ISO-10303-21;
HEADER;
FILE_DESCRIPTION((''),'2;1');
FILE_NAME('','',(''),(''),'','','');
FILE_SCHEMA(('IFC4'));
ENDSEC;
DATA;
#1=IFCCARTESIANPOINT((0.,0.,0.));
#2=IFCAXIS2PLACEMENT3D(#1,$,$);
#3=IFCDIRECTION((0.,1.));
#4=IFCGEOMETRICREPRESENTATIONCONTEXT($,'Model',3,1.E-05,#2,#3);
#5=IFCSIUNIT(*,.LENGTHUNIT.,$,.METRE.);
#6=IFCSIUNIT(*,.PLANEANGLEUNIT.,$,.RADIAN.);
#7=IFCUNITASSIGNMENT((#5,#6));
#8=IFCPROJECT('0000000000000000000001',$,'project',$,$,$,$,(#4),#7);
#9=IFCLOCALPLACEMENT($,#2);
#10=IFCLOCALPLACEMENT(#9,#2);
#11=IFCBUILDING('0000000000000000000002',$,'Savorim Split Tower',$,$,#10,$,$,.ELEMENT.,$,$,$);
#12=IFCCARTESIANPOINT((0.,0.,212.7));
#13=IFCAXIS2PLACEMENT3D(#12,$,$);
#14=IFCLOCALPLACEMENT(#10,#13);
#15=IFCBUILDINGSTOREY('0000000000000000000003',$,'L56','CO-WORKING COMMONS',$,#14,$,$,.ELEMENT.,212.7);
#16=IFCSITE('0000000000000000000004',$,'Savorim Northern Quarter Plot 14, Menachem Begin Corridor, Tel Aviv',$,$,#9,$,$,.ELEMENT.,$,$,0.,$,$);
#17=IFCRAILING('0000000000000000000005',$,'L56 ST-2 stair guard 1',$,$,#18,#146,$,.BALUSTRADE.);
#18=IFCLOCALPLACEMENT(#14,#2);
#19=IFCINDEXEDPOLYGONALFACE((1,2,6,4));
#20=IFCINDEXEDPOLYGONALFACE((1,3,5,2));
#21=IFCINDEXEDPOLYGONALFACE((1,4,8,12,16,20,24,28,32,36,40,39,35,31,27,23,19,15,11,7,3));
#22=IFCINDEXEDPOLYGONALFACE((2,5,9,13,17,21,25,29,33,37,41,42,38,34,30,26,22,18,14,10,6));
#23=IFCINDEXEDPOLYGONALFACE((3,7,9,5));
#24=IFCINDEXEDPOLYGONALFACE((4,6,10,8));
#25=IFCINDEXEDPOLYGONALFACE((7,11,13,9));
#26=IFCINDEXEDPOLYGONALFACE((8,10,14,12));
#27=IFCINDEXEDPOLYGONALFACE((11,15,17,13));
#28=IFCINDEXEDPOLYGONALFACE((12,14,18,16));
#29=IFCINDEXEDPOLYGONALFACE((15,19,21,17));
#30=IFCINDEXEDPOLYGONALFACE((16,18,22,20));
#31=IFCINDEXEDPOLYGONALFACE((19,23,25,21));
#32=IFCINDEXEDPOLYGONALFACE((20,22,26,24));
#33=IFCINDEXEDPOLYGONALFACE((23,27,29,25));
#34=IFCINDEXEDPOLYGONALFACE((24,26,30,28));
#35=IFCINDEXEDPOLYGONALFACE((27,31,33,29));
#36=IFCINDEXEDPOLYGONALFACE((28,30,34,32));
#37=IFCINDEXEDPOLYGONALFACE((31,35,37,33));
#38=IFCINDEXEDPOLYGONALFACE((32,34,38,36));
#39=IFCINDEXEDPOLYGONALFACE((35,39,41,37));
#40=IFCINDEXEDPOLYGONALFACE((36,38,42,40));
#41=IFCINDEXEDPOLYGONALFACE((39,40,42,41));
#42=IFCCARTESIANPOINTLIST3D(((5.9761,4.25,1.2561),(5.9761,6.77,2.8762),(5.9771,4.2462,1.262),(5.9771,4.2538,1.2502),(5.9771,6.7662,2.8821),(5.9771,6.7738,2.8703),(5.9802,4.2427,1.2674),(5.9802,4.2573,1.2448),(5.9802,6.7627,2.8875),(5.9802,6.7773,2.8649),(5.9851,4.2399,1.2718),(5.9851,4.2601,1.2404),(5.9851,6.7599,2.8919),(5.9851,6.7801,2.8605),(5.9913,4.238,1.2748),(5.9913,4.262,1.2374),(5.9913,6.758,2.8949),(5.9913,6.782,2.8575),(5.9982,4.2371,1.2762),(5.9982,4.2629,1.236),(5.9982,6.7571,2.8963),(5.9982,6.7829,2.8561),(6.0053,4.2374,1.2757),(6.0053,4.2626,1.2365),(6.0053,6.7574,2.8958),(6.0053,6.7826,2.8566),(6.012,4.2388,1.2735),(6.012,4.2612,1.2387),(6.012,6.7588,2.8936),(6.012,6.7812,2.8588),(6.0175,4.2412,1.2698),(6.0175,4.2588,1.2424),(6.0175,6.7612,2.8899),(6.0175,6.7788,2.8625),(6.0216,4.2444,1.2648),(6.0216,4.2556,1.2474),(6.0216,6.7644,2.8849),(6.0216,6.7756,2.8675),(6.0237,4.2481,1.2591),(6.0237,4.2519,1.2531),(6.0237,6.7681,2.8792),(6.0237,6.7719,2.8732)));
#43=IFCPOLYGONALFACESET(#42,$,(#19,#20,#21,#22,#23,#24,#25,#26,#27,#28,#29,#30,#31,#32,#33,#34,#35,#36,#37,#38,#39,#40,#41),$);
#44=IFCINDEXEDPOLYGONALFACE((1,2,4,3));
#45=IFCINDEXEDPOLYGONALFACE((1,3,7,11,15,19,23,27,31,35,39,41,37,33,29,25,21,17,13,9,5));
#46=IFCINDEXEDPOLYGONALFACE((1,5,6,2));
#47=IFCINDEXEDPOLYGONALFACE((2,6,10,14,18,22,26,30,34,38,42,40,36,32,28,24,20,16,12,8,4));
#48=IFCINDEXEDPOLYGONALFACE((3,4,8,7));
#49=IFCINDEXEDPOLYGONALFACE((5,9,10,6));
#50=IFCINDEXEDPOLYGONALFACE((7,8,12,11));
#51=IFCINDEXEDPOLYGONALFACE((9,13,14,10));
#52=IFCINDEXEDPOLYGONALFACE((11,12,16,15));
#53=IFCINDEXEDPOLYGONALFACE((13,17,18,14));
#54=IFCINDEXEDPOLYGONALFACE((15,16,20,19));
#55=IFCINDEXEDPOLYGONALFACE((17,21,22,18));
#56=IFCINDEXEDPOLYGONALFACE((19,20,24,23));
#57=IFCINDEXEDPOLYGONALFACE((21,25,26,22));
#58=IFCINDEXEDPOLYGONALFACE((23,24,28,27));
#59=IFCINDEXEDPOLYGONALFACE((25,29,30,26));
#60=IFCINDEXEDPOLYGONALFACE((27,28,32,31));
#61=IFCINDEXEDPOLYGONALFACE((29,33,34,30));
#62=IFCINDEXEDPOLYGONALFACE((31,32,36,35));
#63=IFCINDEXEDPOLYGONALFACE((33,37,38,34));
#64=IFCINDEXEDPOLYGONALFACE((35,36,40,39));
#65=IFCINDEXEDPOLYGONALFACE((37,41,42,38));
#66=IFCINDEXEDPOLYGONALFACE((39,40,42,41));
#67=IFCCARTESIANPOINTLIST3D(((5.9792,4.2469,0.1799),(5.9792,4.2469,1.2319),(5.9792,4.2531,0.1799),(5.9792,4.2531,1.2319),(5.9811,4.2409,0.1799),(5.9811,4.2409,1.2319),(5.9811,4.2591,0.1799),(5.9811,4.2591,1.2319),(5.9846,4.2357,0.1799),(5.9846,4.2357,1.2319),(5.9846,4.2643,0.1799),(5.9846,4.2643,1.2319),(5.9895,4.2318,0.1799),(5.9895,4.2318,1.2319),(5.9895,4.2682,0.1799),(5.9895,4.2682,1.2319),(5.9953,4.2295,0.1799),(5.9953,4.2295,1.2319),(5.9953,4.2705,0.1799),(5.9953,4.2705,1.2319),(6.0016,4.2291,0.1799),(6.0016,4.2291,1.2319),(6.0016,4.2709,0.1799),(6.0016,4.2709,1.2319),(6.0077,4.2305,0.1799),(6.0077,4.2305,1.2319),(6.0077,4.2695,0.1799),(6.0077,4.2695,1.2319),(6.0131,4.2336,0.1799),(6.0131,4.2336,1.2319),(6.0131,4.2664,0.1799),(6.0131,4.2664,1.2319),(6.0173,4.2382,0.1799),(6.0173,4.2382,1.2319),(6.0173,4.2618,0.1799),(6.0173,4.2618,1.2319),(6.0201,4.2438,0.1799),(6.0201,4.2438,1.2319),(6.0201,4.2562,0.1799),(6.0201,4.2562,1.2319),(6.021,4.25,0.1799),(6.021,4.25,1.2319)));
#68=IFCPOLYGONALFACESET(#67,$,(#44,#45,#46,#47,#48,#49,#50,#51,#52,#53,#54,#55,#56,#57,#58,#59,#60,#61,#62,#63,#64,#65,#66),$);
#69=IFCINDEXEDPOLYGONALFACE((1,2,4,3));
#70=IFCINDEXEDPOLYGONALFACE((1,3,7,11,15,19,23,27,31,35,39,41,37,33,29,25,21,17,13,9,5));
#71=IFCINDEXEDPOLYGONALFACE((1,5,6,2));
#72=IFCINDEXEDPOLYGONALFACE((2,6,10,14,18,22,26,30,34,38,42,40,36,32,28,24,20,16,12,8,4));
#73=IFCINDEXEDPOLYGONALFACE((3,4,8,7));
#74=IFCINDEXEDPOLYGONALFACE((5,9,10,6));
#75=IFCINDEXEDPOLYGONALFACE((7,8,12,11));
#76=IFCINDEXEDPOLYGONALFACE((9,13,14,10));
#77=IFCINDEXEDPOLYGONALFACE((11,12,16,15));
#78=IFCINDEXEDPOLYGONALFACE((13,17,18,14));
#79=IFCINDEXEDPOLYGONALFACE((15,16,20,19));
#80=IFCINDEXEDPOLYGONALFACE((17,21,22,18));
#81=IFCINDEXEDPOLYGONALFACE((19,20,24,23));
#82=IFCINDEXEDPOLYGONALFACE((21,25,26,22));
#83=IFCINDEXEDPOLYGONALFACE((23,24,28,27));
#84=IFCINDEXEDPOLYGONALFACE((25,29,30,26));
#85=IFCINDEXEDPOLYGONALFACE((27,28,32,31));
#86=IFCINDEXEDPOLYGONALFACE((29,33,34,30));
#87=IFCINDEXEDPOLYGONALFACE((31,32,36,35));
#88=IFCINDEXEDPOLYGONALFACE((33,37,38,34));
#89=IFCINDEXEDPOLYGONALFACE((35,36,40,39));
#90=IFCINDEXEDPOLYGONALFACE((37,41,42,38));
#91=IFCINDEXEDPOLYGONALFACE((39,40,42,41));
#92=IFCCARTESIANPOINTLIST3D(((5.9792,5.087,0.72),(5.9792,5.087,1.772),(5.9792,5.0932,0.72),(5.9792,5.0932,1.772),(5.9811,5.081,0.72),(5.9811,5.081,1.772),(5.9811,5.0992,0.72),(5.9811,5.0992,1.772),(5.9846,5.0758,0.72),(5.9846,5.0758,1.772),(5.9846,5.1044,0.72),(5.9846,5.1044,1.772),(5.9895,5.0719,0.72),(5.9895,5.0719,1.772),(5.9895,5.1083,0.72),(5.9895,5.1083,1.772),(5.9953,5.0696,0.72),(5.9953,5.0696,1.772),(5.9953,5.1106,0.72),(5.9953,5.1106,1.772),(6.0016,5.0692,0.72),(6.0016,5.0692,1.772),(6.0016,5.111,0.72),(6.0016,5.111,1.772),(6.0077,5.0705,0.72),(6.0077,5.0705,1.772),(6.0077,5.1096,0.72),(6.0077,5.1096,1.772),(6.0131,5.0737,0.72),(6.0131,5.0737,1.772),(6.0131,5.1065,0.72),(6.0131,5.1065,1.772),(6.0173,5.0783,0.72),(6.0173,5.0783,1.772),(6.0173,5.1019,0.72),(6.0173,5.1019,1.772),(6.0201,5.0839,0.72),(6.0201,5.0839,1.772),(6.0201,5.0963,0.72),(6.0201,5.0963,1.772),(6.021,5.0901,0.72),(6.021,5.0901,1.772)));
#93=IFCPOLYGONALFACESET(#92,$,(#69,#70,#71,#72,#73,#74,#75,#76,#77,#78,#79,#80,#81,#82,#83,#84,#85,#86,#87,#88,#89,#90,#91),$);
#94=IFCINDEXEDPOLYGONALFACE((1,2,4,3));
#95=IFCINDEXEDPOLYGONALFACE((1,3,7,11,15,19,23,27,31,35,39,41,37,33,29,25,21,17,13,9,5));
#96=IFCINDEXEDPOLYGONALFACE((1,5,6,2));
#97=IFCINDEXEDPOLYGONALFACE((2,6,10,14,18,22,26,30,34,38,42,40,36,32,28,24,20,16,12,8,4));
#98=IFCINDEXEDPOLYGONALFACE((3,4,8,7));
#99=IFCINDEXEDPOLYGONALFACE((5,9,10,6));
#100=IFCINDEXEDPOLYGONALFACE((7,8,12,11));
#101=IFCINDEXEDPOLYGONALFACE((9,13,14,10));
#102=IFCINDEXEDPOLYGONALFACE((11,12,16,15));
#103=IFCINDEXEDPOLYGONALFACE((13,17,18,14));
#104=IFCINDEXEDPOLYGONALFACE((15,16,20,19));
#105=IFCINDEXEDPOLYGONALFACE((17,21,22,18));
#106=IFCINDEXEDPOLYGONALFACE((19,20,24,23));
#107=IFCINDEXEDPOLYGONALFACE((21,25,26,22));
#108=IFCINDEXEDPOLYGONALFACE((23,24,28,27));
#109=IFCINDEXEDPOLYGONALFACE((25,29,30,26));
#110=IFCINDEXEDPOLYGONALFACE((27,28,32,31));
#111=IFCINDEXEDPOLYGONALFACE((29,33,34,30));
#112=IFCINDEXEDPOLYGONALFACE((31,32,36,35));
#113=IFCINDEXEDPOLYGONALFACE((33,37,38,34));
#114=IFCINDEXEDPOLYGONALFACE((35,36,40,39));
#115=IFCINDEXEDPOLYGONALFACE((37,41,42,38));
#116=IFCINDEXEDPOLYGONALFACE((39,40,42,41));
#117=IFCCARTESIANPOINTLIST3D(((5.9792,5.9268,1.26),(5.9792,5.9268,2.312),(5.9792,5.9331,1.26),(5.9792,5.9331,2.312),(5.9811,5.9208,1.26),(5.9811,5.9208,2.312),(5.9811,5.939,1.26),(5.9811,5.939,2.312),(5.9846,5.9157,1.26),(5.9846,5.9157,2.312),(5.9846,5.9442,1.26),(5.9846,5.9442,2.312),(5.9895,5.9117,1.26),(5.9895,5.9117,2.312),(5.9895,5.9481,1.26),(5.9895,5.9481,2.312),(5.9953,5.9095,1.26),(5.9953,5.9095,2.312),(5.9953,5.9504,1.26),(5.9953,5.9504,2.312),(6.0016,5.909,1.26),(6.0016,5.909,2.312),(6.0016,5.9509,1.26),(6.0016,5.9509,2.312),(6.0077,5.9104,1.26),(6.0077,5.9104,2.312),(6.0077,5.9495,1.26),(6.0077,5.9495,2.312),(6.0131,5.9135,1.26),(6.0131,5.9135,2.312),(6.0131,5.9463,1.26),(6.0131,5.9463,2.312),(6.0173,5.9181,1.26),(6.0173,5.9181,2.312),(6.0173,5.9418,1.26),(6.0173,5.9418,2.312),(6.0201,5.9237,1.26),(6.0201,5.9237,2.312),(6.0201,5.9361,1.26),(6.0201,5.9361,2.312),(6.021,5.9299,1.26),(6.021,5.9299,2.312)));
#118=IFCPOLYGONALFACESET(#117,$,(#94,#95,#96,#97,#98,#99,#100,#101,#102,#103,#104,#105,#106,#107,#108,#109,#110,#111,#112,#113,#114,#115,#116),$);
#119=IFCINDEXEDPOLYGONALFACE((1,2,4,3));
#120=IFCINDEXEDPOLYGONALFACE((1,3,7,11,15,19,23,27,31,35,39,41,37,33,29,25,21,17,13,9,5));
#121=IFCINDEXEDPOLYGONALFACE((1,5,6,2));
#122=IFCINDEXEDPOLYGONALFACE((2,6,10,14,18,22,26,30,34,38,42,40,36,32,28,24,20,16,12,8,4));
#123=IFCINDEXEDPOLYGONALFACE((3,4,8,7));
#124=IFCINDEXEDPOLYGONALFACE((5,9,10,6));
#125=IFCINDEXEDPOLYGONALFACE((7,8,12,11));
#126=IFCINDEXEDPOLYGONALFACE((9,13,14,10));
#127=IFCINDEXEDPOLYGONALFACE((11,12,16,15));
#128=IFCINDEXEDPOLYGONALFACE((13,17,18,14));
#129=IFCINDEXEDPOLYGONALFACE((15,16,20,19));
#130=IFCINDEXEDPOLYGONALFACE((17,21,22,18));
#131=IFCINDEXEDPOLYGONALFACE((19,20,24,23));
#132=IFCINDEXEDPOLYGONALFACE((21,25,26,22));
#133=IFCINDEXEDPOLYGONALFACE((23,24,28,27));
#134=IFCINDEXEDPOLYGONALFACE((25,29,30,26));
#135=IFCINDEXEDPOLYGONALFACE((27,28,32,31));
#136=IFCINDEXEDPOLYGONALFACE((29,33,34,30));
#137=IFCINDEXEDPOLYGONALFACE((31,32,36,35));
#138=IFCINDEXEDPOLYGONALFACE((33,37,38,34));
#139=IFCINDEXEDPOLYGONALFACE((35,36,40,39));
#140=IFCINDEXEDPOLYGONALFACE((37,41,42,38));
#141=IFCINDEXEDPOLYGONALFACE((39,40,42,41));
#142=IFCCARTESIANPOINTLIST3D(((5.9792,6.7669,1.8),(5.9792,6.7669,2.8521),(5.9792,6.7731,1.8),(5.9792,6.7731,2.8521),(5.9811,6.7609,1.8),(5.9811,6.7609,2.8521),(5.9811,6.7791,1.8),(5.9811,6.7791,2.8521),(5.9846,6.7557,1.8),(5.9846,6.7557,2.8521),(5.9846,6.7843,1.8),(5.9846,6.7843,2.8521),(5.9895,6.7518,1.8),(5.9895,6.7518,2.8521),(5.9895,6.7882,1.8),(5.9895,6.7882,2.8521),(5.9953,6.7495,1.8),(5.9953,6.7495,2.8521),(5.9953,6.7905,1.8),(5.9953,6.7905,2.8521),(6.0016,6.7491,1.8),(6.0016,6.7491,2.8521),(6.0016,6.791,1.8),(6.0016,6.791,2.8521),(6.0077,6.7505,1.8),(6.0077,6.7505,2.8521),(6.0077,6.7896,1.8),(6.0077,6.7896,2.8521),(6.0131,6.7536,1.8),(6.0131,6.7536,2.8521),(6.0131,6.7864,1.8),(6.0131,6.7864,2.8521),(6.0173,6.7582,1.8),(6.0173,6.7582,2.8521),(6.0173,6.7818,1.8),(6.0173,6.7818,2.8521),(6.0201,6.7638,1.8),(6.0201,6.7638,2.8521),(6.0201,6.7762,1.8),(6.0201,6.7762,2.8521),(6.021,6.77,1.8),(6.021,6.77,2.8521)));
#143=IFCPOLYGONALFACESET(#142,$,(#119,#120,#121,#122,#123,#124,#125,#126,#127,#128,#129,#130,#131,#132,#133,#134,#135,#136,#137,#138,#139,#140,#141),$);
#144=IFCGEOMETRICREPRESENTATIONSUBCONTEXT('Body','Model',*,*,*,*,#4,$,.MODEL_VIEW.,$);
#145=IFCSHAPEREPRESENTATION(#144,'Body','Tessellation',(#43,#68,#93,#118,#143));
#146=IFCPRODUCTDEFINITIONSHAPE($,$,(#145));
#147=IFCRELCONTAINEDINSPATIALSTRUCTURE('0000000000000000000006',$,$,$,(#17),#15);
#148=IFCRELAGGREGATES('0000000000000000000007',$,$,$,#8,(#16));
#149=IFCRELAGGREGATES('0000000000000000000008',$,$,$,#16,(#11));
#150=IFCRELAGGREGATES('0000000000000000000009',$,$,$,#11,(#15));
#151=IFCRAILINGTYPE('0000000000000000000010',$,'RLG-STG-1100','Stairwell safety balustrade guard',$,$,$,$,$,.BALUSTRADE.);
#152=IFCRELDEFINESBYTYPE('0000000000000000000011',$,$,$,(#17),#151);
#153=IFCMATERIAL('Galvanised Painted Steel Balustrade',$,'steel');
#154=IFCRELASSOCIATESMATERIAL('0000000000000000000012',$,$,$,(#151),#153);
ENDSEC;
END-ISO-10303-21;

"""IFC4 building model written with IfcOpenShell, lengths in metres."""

from ifc_helpers import new_model, si_unit, direction, frame, origin, origin_2d, place, context, subcontext, project, spatial, circle, extrude, material, type_object, element, save


model = new_model("IFC4")

# Units and contexts
model_context = context("Model", 3, precision=1e-05, world=origin(), true_north=direction((0.0, 1.0)))
body_context = subcontext(model_context, "Body", "Model", "MODEL_VIEW")
ifc_project = project(units=[si_unit("LENGTHUNIT", "METRE"), si_unit("PLANEANGLEUNIT", "RADIAN")], contexts=[model_context])

# Site, building, storey
site_placement = place(None, origin())
site = spatial("IfcSite", under=ifc_project, at=site_placement, Name="Savorim Northern Quarter Plot 14, Menachem Begin Corridor, Tel Aviv", CompositionType="ELEMENT", RefElevation=0.0)
building_placement = place(site_placement, origin())
building = spatial("IfcBuilding", under=site, at=building_placement, Name="Savorim Split Tower", CompositionType="ELEMENT")
storey_placement = place(building_placement, frame((0.0, 0.0, 212.7)))
storey = spatial("IfcBuildingStorey", under=building, at=storey_placement, Name="L56", Description="CO-WORKING COMMONS", CompositionType="ELEMENT", Elevation=212.7)

# Railing
ifc_material_1 = material(Name="Galvanised Painted Steel Balustrade", Category="steel")
railing_type_1 = type_object("IfcRailingType", Name="RLG-STG-1100", Description="Stairwell safety balustrade guard", PredefinedType="BALUSTRADE", material=ifc_material_1)
railing_1_placement = place(storey_placement, frame((6.0, 4.25, 0.1799)))
element("IfcRailing", 1, at=railing_1_placement, inside=storey, type_object=railing_type_1, Name="L56 ST-2 stair guard 1", PredefinedType="BALUSTRADE", context=body_context, shape_type="SweptSolid", body=[
    extrude(circle(Radius=0.0239, at=origin_2d()), frame((0.0, 0.0, 1.0762), z_axis=(0.0, 0.841163, 0.540782), x_axis=(-1.0, 0.0, 0.0)), (0.0, 0.0, 1.0), 2.9958),
    extrude(circle(Radius=0.021, at=origin_2d()), origin(), (0.0, 0.0, 1.0), 1.052),
    extrude(circle(Radius=0.021, at=origin_2d()), frame((0.0, 0.8401, 0.54)), (0.0, 0.0, 1.0), 1.052),
    extrude(circle(Radius=0.021, at=origin_2d()), frame((0.0, 1.6799, 1.0801)), (0.0, 0.0, 1.0), 1.052),
    extrude(circle(Radius=0.021, at=origin_2d()), frame((0.0, 2.52, 1.6201)), (0.0, 0.0, 1.0), 1.052),
])

save(model, "model.ifc")
